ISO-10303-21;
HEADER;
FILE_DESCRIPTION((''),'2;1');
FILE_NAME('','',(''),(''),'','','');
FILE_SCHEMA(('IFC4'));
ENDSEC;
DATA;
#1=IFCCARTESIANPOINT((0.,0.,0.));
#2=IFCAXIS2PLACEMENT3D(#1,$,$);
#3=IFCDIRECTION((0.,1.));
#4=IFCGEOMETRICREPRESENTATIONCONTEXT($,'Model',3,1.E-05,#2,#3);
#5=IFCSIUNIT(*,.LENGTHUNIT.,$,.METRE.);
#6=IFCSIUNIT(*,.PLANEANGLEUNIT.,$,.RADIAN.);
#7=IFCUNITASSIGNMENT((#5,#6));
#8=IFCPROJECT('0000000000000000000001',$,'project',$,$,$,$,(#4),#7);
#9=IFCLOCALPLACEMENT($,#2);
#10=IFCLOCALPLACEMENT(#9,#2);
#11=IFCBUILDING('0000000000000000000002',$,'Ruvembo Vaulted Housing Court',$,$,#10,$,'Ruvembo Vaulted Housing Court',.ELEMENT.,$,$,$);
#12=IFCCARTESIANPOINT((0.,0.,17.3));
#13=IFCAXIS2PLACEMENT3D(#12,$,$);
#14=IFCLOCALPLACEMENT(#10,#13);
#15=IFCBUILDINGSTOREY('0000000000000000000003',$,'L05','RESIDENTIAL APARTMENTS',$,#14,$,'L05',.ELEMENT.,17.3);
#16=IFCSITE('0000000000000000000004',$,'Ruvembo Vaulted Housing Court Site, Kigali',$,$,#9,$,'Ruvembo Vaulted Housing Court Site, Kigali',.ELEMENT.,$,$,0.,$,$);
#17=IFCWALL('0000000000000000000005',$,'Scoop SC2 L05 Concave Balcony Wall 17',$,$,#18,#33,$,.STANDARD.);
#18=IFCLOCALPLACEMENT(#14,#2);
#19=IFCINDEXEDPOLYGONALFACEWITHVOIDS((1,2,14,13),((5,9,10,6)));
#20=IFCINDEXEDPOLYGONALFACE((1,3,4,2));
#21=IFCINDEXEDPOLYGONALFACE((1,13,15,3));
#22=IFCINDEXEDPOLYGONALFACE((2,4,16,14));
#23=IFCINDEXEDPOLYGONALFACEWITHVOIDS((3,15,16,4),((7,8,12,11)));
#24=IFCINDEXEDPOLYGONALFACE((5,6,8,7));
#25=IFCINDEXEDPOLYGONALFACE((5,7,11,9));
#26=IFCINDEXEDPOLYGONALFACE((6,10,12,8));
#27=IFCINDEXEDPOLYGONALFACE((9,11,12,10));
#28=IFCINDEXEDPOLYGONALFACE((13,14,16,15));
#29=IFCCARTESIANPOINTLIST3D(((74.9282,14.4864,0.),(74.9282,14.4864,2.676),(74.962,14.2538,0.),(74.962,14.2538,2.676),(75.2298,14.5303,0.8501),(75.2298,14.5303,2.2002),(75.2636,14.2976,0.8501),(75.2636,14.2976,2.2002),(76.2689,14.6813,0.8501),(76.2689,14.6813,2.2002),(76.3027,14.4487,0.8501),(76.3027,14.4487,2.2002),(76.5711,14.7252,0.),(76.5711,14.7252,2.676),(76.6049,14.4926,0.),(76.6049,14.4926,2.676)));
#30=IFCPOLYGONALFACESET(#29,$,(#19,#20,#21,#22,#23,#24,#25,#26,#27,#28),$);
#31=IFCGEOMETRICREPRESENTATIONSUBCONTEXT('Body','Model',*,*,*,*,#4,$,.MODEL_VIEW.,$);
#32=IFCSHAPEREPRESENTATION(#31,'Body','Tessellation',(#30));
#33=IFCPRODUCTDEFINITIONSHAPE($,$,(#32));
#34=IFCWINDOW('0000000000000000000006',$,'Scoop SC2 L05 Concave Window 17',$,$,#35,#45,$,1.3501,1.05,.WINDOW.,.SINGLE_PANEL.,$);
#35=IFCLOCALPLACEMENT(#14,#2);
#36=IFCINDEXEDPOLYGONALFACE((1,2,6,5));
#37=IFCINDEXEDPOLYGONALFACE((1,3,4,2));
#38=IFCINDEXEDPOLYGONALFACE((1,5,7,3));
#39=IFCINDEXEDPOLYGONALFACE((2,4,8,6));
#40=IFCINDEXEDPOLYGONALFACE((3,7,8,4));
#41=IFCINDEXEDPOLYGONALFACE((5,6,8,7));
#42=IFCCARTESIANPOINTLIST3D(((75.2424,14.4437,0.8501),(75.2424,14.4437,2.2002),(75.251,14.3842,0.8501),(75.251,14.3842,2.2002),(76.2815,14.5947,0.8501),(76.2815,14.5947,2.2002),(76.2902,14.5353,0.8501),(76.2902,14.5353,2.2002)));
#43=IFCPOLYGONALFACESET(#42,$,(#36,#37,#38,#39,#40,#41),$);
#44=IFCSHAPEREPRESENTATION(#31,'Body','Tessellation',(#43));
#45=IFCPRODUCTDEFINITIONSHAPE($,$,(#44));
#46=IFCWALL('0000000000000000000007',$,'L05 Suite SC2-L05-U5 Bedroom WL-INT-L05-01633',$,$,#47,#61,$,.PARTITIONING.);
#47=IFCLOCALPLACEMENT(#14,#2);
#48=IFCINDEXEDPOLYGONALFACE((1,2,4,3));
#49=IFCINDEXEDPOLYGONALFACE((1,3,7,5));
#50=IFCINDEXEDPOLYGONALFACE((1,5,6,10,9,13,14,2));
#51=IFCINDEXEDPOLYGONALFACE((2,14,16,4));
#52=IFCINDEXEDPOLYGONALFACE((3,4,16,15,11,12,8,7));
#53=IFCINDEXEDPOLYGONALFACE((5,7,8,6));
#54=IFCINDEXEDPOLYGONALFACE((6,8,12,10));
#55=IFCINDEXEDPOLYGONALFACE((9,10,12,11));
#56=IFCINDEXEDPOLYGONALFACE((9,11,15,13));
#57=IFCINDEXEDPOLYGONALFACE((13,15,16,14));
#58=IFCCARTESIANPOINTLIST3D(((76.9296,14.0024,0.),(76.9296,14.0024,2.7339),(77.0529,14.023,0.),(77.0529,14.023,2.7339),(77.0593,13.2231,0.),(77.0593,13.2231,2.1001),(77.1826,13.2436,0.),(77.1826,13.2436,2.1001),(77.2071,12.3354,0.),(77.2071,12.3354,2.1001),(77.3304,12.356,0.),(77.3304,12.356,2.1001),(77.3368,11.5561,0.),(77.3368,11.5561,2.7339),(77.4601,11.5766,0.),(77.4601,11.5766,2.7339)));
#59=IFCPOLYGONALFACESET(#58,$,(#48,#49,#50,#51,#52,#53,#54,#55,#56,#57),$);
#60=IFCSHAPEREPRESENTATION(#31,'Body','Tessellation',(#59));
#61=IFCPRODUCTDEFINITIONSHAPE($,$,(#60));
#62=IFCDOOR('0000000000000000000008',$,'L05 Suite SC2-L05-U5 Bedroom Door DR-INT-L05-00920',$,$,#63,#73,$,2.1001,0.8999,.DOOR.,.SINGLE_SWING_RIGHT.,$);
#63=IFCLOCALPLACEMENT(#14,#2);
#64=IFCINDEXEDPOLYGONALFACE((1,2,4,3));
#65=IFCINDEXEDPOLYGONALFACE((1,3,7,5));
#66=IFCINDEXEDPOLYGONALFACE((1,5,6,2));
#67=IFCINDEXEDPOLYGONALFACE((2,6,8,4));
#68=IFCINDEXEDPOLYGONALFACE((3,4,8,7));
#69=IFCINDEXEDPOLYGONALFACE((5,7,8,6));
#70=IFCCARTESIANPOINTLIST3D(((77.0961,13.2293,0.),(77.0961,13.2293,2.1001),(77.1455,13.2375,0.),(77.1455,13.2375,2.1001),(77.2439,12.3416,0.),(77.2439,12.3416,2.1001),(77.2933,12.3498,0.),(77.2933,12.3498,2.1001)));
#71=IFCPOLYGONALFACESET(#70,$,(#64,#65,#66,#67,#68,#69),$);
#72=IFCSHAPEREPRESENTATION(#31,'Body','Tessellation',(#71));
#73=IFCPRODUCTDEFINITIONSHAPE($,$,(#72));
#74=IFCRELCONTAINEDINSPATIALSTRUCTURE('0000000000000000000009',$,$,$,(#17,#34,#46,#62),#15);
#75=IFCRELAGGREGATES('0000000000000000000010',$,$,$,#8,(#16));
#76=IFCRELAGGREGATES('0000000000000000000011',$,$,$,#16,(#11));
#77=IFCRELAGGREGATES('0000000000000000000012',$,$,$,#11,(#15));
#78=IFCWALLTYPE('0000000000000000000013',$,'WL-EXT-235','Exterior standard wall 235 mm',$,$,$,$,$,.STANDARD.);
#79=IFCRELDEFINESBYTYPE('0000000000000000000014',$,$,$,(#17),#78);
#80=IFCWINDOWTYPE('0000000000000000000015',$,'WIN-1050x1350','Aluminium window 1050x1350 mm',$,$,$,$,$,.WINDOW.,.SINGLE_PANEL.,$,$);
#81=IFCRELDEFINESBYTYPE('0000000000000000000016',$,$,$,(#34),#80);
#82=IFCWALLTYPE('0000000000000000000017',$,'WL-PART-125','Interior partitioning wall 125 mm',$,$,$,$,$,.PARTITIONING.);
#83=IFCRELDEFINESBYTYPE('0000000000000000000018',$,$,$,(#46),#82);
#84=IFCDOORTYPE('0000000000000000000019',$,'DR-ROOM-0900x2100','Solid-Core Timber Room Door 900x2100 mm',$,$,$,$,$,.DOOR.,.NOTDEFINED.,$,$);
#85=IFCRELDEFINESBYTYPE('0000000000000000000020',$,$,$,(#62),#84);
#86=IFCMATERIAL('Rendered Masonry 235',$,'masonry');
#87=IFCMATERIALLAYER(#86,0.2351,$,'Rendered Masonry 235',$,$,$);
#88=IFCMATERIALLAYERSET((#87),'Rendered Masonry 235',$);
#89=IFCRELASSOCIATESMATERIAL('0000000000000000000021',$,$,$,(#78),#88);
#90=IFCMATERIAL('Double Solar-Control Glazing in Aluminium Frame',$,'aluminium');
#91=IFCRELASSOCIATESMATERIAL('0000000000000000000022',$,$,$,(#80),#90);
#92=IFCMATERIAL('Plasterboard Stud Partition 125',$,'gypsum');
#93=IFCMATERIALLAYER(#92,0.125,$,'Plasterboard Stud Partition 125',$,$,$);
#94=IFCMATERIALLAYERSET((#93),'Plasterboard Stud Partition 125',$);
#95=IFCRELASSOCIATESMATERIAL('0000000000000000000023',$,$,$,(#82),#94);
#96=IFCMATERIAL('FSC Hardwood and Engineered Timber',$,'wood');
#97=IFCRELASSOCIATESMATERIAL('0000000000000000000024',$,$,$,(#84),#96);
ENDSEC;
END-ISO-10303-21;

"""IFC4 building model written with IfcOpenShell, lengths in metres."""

from ifc_helpers import new_model, si_unit, direction, frame, frame_2d, origin, place, context, subcontext, project, spatial, rectangle, extrude, material, layer, layer_set, type_object, element, fill, save


model = new_model("IFC4")

# Units and contexts
model_context = context("Model", 3, precision=1e-05, world=origin(), true_north=direction((0.0, 1.0)))
body_context = subcontext(model_context, "Body", "Model", "MODEL_VIEW")
ifc_project = project(units=[si_unit("LENGTHUNIT", "METRE"), si_unit("PLANEANGLEUNIT", "RADIAN")], contexts=[model_context])

# Site, building, storey
site_placement = place(None, origin())
site = spatial("IfcSite", under=ifc_project, at=site_placement, Name="Ruvembo Vaulted Housing Court Site, Kigali", LongName="Ruvembo Vaulted Housing Court Site, Kigali", CompositionType="ELEMENT", RefElevation=0.0)
building_placement = place(site_placement, origin())
building = spatial("IfcBuilding", under=site, at=building_placement, Name="Ruvembo Vaulted Housing Court", LongName="Ruvembo Vaulted Housing Court", CompositionType="ELEMENT")
storey_placement = place(building_placement, frame((0.0, 0.0, 17.3)))
storey = spatial("IfcBuildingStorey", under=building, at=storey_placement, Name="L05", Description="RESIDENTIAL APARTMENTS", LongName="L05", CompositionType="ELEMENT", Elevation=17.3)

# Shared definitions
ifc_material_1 = material(Name="FSC Hardwood and Engineered Timber", Category="wood")

# Shared definitions
ifc_material_2 = material(Name="Rendered Masonry 235", Category="masonry")
ifc_layer_1 = layer(ifc_material_2, 0.2351, Name="Rendered Masonry 235")
ifc_layer_set_1 = layer_set([ifc_layer_1], Name="Rendered Masonry 235")
wall_type_1 = type_object("IfcWallType", Name="WL-EXT-235", Description="Exterior standard wall 235 mm", PredefinedType="STANDARD", material=ifc_layer_set_1)
ifc_material_3 = material(Name="Double Solar-Control Glazing in Aluminium Frame", Category="aluminium")

# Wall, opening, window
wall_1_placement = place(storey_placement, frame((74.9451, 14.3701, 0.0), z_axis=(0.0, 0.0, 1.0), x_axis=(0.989602, 0.14383, 0.0)))
wall_1 = element("IfcWall", 1, at=wall_1_placement, inside=storey, type_object=wall_type_1, Name="Scoop SC2 L05 Concave Balcony Wall 17", PredefinedType="STANDARD", context=body_context, shape_type="SweptSolid", body=[
    extrude(rectangle(XDim=1.6602, YDim=0.2351, at=frame_2d((0.8301, 0.0))), origin(), (0.0, 0.0, 1.0), 2.676),
])
opening_1_placement = place(wall_1_placement, frame((0.3049, 0.0, 0.8501)))
opening_1 = element("IfcOpeningElement", 2, at=opening_1_placement, cuts=wall_1, PredefinedType="OPENING", context=body_context, shape_type="SweptSolid", body=[
    extrude(rectangle(XDim=1.05, YDim=1.3501, at=frame_2d((0.5249, 0.675))), frame((0.0, 0.1274, 0.0), z_axis=(0.0, -1.0, 0.0), x_axis=(1.0, 0.0, 0.0)), (0.0, 0.0, 1.0), 0.2551),
])
window_type_1 = type_object("IfcWindowType", Name="WIN-1050x1350", Description="Aluminium window 1050x1350 mm", PartitioningType="SINGLE_PANEL", PredefinedType="WINDOW", material=ifc_material_3)
window_1_placement = place(opening_1_placement, origin())
window_1 = element("IfcWindow", 3, at=window_1_placement, inside=storey, type_object=window_type_1, Name="Scoop SC2 L05 Concave Window 17", OverallHeight=1.3501, OverallWidth=1.05, PartitioningType="SINGLE_PANEL", PredefinedType="WINDOW", context=body_context, shape_type="SweptSolid", body=[
    extrude(rectangle(XDim=1.05, YDim=1.3501, at=frame_2d((0.5249, 0.675))), frame((0.0, 0.03, 0.0), z_axis=(0.0, -1.0, 0.0), x_axis=(1.0, 0.0, 0.0)), (0.0, 0.0, 1.0), 0.0601),
])
fill(opening_1, window_1)

# Wall, opening, door
ifc_material_4 = material(Name="Plasterboard Stud Partition 125", Category="gypsum")
ifc_layer_2 = layer(ifc_material_4, 0.125, Name="Plasterboard Stud Partition 125")
ifc_layer_set_2 = layer_set([ifc_layer_2], Name="Plasterboard Stud Partition 125")
wall_type_2 = type_object("IfcWallType", Name="WL-PART-125", Description="Interior partitioning wall 125 mm", PredefinedType="PARTITIONING", material=ifc_layer_set_2)
wall_2_placement = place(storey_placement, frame((76.9912, 14.0127, 0.0), z_axis=(0.0, 0.0, 1.0), x_axis=(0.164207, -0.986426, 0.0)))
wall_2 = element("IfcWall", 4, at=wall_2_placement, inside=storey, type_object=wall_type_2, Name="L05 Suite SC2-L05-U5 Bedroom WL-INT-L05-01633", PredefinedType="PARTITIONING", context=body_context, shape_type="SweptSolid", body=[
    extrude(rectangle(XDim=2.48, YDim=0.125, at=frame_2d((1.24, 0.0))), origin(), (0.0, 0.0, 1.0), 2.7339),
])
opening_2_placement = place(wall_2_placement, frame((0.79, 0.0, 0.0)))
opening_2 = element("IfcOpeningElement", 5, at=opening_2_placement, cuts=wall_2, PredefinedType="OPENING", context=body_context, shape_type="SweptSolid", body=[
    extrude(rectangle(XDim=0.8999, YDim=2.1001, at=frame_2d((0.45, 1.05))), frame((0.0, 0.0725, 0.0), z_axis=(0.0, -1.0, 0.0), x_axis=(1.0, 0.0, 0.0)), (0.0, 0.0, 1.0), 0.145),
])
door_type_1 = type_object("IfcDoorType", Name="DR-ROOM-0900x2100", Description="Solid-Core Timber Room Door 900x2100 mm", OperationType="NOTDEFINED", PredefinedType="DOOR", material=ifc_material_1)
door_1_placement = place(opening_2_placement, origin())
door_1 = element("IfcDoor", 6, at=door_1_placement, inside=storey, type_object=door_type_1, Name="L05 Suite SC2-L05-U5 Bedroom Door DR-INT-L05-00920", OperationType="SINGLE_SWING_RIGHT", OverallHeight=2.1001, OverallWidth=0.8999, PredefinedType="DOOR", context=body_context, shape_type="SweptSolid", body=[
    extrude(rectangle(XDim=0.8999, YDim=2.1001, at=frame_2d((0.45, 1.05))), frame((0.0, 0.0249, 0.0), z_axis=(0.0, -1.0, 0.0), x_axis=(1.0, 0.0, 0.0)), (0.0, 0.0, 1.0), 0.05),
])
fill(opening_2, door_1)

save(model, "model.ifc")
